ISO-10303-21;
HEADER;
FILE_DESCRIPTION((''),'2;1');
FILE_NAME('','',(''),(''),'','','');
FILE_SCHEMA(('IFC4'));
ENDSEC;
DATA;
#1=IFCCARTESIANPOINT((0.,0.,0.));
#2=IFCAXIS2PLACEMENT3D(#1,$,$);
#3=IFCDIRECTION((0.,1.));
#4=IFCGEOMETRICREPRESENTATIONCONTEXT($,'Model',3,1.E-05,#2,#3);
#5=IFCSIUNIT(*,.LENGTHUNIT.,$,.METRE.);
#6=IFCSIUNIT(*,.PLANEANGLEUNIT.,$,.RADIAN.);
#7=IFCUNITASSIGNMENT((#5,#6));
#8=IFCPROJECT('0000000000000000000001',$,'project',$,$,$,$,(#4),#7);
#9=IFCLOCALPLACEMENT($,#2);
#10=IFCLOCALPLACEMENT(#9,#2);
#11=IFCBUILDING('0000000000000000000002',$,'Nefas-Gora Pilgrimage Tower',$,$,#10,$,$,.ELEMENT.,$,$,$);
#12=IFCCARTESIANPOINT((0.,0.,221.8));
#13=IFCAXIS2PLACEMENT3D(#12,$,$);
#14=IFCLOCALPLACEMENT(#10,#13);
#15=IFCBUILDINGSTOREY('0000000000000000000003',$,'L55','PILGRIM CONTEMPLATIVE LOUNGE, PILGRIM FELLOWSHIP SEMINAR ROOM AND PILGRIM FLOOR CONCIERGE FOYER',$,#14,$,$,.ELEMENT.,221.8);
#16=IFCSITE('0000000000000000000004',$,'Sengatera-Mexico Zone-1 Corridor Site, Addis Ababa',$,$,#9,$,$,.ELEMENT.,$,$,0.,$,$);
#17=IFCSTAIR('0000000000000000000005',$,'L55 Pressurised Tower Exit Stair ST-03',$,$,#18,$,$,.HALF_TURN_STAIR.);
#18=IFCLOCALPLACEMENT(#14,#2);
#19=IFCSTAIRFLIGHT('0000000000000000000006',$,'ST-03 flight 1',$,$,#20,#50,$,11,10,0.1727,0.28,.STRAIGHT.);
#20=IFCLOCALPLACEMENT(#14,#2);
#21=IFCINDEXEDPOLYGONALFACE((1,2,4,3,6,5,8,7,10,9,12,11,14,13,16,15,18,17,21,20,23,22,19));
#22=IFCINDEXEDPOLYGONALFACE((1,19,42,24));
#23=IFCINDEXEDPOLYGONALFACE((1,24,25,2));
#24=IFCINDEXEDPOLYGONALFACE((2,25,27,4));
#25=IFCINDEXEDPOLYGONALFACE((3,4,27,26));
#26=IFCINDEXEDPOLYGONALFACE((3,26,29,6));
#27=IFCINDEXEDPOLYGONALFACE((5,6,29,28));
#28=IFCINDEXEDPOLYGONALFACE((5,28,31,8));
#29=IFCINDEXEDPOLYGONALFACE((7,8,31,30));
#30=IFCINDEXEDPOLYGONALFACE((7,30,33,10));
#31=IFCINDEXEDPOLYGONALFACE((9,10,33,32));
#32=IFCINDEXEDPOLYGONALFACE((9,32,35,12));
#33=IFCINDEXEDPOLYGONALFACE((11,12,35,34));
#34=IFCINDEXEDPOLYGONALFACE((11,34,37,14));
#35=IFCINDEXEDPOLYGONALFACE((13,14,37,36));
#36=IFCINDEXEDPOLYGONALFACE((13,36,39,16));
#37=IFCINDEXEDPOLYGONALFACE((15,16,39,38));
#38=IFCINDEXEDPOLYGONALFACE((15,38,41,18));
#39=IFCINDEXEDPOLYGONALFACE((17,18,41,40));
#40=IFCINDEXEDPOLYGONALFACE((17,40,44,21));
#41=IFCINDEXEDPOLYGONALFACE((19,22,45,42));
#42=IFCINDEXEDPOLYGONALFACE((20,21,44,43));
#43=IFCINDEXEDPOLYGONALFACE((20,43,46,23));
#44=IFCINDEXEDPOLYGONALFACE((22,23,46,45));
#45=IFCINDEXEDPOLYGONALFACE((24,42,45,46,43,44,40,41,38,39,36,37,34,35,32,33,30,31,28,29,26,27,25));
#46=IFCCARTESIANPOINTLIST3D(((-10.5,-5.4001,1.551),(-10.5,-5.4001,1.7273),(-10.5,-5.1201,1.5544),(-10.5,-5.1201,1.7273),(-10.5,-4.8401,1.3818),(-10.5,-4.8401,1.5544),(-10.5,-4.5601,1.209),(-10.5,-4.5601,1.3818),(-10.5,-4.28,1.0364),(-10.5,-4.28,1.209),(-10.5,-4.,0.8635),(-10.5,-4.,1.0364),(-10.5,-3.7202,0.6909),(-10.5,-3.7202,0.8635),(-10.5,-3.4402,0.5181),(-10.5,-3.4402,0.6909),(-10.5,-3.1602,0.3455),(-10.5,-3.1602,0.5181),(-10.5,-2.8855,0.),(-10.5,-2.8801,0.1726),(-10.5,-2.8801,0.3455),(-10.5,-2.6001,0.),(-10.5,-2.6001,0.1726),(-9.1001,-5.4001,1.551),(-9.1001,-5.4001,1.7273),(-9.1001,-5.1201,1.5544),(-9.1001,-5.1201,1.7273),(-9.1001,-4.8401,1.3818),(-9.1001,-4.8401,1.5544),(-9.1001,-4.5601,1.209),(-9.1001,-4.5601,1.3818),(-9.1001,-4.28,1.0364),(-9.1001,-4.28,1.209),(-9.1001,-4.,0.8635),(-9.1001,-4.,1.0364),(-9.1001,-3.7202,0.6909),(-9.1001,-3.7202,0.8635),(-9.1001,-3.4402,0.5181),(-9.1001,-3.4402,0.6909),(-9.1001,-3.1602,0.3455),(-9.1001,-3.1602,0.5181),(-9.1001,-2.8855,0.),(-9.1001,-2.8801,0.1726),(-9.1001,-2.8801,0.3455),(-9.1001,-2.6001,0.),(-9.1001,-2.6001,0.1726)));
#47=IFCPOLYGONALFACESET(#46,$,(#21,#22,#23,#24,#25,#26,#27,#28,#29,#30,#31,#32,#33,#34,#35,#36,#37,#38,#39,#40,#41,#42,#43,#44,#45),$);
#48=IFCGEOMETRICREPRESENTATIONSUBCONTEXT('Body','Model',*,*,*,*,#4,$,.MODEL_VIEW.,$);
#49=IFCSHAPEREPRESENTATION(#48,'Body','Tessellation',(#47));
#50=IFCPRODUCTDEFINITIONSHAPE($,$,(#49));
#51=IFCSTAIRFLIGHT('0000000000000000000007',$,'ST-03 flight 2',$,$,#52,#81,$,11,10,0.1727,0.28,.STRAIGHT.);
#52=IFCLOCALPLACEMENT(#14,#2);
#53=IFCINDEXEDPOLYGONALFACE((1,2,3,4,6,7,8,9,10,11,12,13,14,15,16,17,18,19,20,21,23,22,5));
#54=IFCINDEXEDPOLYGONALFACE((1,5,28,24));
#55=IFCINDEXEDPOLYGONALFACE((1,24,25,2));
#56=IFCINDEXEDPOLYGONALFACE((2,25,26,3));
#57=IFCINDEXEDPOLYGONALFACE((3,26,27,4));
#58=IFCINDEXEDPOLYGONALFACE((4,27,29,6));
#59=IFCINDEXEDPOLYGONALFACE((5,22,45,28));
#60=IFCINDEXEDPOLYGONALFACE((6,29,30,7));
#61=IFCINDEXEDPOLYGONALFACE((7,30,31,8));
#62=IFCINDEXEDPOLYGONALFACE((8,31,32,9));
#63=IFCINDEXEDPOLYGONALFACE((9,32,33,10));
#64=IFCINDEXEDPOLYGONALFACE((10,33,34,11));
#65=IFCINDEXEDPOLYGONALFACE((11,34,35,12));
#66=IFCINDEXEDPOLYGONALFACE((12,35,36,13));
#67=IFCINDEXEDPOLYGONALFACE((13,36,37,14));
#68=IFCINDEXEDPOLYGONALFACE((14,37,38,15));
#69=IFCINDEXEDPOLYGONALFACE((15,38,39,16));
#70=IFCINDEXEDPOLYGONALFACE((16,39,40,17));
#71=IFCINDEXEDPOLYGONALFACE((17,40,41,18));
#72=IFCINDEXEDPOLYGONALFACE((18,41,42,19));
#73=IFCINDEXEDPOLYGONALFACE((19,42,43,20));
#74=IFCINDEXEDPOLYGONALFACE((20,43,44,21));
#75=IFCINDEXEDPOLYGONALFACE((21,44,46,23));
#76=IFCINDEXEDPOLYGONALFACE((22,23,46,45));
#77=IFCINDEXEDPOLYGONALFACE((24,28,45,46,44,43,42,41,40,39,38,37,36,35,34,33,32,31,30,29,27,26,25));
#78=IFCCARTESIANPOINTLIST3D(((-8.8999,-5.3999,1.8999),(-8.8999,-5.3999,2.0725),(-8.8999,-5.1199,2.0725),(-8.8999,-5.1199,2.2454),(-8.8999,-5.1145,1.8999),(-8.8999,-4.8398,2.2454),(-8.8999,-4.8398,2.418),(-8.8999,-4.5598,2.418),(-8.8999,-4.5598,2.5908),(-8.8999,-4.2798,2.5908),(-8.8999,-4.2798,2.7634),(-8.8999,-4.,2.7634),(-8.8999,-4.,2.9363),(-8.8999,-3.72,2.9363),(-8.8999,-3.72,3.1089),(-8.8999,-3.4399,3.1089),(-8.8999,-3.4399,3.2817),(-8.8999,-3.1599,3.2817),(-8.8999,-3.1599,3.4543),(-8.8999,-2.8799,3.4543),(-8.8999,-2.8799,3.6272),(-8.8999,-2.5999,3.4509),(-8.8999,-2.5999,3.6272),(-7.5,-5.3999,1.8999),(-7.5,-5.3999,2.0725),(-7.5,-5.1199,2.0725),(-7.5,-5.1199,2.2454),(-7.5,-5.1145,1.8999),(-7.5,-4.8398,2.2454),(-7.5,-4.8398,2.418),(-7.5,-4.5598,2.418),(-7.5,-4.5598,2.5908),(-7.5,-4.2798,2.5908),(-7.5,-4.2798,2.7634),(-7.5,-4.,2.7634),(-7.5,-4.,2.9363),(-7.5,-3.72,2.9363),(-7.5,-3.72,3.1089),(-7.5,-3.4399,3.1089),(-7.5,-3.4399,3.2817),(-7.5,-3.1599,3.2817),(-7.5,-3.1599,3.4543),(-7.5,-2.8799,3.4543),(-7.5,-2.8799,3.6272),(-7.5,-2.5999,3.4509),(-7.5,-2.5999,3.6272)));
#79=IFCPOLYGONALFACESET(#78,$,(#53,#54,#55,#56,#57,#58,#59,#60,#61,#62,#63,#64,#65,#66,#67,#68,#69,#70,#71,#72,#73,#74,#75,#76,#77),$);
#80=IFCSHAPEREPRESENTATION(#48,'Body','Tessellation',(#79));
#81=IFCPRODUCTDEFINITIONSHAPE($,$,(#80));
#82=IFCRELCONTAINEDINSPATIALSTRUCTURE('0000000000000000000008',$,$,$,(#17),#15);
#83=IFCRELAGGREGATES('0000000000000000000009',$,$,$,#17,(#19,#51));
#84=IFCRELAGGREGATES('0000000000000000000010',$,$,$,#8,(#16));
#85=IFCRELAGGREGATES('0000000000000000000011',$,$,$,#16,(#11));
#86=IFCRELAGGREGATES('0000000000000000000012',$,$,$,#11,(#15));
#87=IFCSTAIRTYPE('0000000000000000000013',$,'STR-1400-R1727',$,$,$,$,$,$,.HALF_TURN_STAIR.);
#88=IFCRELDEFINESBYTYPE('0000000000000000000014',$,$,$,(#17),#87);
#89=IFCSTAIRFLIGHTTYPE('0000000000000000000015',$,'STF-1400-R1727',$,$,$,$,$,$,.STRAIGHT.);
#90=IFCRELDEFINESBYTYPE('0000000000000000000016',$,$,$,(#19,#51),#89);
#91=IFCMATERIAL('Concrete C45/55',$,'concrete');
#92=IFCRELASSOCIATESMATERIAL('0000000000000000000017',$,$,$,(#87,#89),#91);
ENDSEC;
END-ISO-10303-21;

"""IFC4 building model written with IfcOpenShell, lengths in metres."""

from ifc_helpers import new_model, si_unit, direction, frame, origin, place, context, subcontext, project, spatial, polyline, outline, extrude, source, transform, mapped, material, type_object, element, aggregate, save


model = new_model("IFC4")

# Units and contexts
model_context = context("Model", 3, precision=1e-05, world=origin(), true_north=direction((0.0, 1.0)))
body_context = subcontext(model_context, "Body", "Model", "MODEL_VIEW")
ifc_project = project(units=[si_unit("LENGTHUNIT", "METRE"), si_unit("PLANEANGLEUNIT", "RADIAN")], contexts=[model_context])

# Site, building, storey
site_placement = place(None, origin())
site = spatial("IfcSite", under=ifc_project, at=site_placement, Name="Sengatera-Mexico Zone-1 Corridor Site, Addis Ababa", CompositionType="ELEMENT", RefElevation=0.0)
building_placement = place(site_placement, origin())
building = spatial("IfcBuilding", under=site, at=building_placement, Name="Nefas-Gora Pilgrimage Tower", CompositionType="ELEMENT")
storey_placement = place(building_placement, frame((0.0, 0.0, 221.8)))
storey = spatial("IfcBuildingStorey", under=building, at=storey_placement, Name="L55", Description="PILGRIM CONTEMPLATIVE LOUNGE, PILGRIM FELLOWSHIP SEMINAR ROOM AND PILGRIM FLOOR CONCIERGE FOYER", CompositionType="ELEMENT", Elevation=221.8)

# Shared definitions
ifc_material_1 = material(Name="Concrete C45/55", Category="concrete")

# Stair, stair flights
stair_type = type_object("IfcStairType", Name="STR-1400-R1727", PredefinedType="HALF_TURN_STAIR", material=ifc_material_1)
stair_placement = place(storey_placement, origin())
stair = element("IfcStair", 1, at=stair_placement, inside=storey, type_object=stair_type, Name="L55 Pressurised Tower Exit Stair ST-03", PredefinedType="HALF_TURN_STAIR")
stair_flight_type = type_object("IfcStairFlightType", Name="STF-1400-R1727", PredefinedType="STRAIGHT", material=ifc_material_1)
shared_shape_1 = source(origin(), body_context, "Body", "SweptSolid", [
    extrude(outline(polyline([(0.0, 0.0), (0.0, 0.1726), (0.28, 0.1726), (0.28, 0.3455), (0.5601, 0.3455), (0.5601, 0.5181), (0.8401, 0.5181), (0.8401, 0.6909), (1.1201, 0.6909), (1.1201, 0.8635), (1.3999, 0.8635), (1.3999, 1.0364), (1.6799, 1.0364), (1.6799, 1.209), (1.96, 1.209), (1.96, 1.3818), (2.24, 1.3818), (2.24, 1.5544), (2.52, 1.5544), (2.52, 1.7273), (2.8, 1.7273), (2.8, 1.8999), (2.8, 1.551), (0.2854, 0.0), (0.0, 0.0)])), frame((0.0, 0.7, 0.0), z_axis=(0.0, -1.0, 0.0), x_axis=(1.0, 0.0, 0.0)), (0.0, 0.0, 1.0), 1.3999),
])
stair_flight_1_placement = place(storey_placement, frame((-9.8, -2.6001, 0.0), z_axis=(0.0, 0.0, 1.0), x_axis=(0.0, -1.0, 0.0)))
stair_flight_1 = element("IfcStairFlight", 2, at=stair_flight_1_placement, type_object=stair_flight_type, Name="ST-03 flight 1", NumberOfRisers=11, NumberOfTreads=10, PredefinedType="STRAIGHT", RiserHeight=0.1727, TreadLength=0.28, context=body_context, shape_type="MappedRepresentation", body=[
    mapped(shared_shape_1, transform((0.0, 0.0, 0.0), x_axis=(1.0, 0.0, 0.0), y_axis=(0.0, 1.0, 0.0), z_axis=(0.0, 0.0, 1.0), scale=1.0)),
])
stair_flight_2_placement = place(storey_placement, frame((-8.2, -5.3999, 1.8999), z_axis=(0.0, 0.0, 1.0), x_axis=(0.0, 1.0, 0.0)))
stair_flight_2 = element("IfcStairFlight", 3, at=stair_flight_2_placement, type_object=stair_flight_type, Name="ST-03 flight 2", NumberOfRisers=11, NumberOfTreads=10, PredefinedType="STRAIGHT", RiserHeight=0.1727, TreadLength=0.28, context=body_context, shape_type="MappedRepresentation", body=[
    mapped(shared_shape_1, transform((0.0, 0.0, 0.0), x_axis=(1.0, 0.0, 0.0), y_axis=(0.0, 1.0, 0.0), z_axis=(0.0, 0.0, 1.0), scale=1.0)),
])
aggregate(stair, [stair_flight_1, stair_flight_2])

save(model, "model.ifc")
